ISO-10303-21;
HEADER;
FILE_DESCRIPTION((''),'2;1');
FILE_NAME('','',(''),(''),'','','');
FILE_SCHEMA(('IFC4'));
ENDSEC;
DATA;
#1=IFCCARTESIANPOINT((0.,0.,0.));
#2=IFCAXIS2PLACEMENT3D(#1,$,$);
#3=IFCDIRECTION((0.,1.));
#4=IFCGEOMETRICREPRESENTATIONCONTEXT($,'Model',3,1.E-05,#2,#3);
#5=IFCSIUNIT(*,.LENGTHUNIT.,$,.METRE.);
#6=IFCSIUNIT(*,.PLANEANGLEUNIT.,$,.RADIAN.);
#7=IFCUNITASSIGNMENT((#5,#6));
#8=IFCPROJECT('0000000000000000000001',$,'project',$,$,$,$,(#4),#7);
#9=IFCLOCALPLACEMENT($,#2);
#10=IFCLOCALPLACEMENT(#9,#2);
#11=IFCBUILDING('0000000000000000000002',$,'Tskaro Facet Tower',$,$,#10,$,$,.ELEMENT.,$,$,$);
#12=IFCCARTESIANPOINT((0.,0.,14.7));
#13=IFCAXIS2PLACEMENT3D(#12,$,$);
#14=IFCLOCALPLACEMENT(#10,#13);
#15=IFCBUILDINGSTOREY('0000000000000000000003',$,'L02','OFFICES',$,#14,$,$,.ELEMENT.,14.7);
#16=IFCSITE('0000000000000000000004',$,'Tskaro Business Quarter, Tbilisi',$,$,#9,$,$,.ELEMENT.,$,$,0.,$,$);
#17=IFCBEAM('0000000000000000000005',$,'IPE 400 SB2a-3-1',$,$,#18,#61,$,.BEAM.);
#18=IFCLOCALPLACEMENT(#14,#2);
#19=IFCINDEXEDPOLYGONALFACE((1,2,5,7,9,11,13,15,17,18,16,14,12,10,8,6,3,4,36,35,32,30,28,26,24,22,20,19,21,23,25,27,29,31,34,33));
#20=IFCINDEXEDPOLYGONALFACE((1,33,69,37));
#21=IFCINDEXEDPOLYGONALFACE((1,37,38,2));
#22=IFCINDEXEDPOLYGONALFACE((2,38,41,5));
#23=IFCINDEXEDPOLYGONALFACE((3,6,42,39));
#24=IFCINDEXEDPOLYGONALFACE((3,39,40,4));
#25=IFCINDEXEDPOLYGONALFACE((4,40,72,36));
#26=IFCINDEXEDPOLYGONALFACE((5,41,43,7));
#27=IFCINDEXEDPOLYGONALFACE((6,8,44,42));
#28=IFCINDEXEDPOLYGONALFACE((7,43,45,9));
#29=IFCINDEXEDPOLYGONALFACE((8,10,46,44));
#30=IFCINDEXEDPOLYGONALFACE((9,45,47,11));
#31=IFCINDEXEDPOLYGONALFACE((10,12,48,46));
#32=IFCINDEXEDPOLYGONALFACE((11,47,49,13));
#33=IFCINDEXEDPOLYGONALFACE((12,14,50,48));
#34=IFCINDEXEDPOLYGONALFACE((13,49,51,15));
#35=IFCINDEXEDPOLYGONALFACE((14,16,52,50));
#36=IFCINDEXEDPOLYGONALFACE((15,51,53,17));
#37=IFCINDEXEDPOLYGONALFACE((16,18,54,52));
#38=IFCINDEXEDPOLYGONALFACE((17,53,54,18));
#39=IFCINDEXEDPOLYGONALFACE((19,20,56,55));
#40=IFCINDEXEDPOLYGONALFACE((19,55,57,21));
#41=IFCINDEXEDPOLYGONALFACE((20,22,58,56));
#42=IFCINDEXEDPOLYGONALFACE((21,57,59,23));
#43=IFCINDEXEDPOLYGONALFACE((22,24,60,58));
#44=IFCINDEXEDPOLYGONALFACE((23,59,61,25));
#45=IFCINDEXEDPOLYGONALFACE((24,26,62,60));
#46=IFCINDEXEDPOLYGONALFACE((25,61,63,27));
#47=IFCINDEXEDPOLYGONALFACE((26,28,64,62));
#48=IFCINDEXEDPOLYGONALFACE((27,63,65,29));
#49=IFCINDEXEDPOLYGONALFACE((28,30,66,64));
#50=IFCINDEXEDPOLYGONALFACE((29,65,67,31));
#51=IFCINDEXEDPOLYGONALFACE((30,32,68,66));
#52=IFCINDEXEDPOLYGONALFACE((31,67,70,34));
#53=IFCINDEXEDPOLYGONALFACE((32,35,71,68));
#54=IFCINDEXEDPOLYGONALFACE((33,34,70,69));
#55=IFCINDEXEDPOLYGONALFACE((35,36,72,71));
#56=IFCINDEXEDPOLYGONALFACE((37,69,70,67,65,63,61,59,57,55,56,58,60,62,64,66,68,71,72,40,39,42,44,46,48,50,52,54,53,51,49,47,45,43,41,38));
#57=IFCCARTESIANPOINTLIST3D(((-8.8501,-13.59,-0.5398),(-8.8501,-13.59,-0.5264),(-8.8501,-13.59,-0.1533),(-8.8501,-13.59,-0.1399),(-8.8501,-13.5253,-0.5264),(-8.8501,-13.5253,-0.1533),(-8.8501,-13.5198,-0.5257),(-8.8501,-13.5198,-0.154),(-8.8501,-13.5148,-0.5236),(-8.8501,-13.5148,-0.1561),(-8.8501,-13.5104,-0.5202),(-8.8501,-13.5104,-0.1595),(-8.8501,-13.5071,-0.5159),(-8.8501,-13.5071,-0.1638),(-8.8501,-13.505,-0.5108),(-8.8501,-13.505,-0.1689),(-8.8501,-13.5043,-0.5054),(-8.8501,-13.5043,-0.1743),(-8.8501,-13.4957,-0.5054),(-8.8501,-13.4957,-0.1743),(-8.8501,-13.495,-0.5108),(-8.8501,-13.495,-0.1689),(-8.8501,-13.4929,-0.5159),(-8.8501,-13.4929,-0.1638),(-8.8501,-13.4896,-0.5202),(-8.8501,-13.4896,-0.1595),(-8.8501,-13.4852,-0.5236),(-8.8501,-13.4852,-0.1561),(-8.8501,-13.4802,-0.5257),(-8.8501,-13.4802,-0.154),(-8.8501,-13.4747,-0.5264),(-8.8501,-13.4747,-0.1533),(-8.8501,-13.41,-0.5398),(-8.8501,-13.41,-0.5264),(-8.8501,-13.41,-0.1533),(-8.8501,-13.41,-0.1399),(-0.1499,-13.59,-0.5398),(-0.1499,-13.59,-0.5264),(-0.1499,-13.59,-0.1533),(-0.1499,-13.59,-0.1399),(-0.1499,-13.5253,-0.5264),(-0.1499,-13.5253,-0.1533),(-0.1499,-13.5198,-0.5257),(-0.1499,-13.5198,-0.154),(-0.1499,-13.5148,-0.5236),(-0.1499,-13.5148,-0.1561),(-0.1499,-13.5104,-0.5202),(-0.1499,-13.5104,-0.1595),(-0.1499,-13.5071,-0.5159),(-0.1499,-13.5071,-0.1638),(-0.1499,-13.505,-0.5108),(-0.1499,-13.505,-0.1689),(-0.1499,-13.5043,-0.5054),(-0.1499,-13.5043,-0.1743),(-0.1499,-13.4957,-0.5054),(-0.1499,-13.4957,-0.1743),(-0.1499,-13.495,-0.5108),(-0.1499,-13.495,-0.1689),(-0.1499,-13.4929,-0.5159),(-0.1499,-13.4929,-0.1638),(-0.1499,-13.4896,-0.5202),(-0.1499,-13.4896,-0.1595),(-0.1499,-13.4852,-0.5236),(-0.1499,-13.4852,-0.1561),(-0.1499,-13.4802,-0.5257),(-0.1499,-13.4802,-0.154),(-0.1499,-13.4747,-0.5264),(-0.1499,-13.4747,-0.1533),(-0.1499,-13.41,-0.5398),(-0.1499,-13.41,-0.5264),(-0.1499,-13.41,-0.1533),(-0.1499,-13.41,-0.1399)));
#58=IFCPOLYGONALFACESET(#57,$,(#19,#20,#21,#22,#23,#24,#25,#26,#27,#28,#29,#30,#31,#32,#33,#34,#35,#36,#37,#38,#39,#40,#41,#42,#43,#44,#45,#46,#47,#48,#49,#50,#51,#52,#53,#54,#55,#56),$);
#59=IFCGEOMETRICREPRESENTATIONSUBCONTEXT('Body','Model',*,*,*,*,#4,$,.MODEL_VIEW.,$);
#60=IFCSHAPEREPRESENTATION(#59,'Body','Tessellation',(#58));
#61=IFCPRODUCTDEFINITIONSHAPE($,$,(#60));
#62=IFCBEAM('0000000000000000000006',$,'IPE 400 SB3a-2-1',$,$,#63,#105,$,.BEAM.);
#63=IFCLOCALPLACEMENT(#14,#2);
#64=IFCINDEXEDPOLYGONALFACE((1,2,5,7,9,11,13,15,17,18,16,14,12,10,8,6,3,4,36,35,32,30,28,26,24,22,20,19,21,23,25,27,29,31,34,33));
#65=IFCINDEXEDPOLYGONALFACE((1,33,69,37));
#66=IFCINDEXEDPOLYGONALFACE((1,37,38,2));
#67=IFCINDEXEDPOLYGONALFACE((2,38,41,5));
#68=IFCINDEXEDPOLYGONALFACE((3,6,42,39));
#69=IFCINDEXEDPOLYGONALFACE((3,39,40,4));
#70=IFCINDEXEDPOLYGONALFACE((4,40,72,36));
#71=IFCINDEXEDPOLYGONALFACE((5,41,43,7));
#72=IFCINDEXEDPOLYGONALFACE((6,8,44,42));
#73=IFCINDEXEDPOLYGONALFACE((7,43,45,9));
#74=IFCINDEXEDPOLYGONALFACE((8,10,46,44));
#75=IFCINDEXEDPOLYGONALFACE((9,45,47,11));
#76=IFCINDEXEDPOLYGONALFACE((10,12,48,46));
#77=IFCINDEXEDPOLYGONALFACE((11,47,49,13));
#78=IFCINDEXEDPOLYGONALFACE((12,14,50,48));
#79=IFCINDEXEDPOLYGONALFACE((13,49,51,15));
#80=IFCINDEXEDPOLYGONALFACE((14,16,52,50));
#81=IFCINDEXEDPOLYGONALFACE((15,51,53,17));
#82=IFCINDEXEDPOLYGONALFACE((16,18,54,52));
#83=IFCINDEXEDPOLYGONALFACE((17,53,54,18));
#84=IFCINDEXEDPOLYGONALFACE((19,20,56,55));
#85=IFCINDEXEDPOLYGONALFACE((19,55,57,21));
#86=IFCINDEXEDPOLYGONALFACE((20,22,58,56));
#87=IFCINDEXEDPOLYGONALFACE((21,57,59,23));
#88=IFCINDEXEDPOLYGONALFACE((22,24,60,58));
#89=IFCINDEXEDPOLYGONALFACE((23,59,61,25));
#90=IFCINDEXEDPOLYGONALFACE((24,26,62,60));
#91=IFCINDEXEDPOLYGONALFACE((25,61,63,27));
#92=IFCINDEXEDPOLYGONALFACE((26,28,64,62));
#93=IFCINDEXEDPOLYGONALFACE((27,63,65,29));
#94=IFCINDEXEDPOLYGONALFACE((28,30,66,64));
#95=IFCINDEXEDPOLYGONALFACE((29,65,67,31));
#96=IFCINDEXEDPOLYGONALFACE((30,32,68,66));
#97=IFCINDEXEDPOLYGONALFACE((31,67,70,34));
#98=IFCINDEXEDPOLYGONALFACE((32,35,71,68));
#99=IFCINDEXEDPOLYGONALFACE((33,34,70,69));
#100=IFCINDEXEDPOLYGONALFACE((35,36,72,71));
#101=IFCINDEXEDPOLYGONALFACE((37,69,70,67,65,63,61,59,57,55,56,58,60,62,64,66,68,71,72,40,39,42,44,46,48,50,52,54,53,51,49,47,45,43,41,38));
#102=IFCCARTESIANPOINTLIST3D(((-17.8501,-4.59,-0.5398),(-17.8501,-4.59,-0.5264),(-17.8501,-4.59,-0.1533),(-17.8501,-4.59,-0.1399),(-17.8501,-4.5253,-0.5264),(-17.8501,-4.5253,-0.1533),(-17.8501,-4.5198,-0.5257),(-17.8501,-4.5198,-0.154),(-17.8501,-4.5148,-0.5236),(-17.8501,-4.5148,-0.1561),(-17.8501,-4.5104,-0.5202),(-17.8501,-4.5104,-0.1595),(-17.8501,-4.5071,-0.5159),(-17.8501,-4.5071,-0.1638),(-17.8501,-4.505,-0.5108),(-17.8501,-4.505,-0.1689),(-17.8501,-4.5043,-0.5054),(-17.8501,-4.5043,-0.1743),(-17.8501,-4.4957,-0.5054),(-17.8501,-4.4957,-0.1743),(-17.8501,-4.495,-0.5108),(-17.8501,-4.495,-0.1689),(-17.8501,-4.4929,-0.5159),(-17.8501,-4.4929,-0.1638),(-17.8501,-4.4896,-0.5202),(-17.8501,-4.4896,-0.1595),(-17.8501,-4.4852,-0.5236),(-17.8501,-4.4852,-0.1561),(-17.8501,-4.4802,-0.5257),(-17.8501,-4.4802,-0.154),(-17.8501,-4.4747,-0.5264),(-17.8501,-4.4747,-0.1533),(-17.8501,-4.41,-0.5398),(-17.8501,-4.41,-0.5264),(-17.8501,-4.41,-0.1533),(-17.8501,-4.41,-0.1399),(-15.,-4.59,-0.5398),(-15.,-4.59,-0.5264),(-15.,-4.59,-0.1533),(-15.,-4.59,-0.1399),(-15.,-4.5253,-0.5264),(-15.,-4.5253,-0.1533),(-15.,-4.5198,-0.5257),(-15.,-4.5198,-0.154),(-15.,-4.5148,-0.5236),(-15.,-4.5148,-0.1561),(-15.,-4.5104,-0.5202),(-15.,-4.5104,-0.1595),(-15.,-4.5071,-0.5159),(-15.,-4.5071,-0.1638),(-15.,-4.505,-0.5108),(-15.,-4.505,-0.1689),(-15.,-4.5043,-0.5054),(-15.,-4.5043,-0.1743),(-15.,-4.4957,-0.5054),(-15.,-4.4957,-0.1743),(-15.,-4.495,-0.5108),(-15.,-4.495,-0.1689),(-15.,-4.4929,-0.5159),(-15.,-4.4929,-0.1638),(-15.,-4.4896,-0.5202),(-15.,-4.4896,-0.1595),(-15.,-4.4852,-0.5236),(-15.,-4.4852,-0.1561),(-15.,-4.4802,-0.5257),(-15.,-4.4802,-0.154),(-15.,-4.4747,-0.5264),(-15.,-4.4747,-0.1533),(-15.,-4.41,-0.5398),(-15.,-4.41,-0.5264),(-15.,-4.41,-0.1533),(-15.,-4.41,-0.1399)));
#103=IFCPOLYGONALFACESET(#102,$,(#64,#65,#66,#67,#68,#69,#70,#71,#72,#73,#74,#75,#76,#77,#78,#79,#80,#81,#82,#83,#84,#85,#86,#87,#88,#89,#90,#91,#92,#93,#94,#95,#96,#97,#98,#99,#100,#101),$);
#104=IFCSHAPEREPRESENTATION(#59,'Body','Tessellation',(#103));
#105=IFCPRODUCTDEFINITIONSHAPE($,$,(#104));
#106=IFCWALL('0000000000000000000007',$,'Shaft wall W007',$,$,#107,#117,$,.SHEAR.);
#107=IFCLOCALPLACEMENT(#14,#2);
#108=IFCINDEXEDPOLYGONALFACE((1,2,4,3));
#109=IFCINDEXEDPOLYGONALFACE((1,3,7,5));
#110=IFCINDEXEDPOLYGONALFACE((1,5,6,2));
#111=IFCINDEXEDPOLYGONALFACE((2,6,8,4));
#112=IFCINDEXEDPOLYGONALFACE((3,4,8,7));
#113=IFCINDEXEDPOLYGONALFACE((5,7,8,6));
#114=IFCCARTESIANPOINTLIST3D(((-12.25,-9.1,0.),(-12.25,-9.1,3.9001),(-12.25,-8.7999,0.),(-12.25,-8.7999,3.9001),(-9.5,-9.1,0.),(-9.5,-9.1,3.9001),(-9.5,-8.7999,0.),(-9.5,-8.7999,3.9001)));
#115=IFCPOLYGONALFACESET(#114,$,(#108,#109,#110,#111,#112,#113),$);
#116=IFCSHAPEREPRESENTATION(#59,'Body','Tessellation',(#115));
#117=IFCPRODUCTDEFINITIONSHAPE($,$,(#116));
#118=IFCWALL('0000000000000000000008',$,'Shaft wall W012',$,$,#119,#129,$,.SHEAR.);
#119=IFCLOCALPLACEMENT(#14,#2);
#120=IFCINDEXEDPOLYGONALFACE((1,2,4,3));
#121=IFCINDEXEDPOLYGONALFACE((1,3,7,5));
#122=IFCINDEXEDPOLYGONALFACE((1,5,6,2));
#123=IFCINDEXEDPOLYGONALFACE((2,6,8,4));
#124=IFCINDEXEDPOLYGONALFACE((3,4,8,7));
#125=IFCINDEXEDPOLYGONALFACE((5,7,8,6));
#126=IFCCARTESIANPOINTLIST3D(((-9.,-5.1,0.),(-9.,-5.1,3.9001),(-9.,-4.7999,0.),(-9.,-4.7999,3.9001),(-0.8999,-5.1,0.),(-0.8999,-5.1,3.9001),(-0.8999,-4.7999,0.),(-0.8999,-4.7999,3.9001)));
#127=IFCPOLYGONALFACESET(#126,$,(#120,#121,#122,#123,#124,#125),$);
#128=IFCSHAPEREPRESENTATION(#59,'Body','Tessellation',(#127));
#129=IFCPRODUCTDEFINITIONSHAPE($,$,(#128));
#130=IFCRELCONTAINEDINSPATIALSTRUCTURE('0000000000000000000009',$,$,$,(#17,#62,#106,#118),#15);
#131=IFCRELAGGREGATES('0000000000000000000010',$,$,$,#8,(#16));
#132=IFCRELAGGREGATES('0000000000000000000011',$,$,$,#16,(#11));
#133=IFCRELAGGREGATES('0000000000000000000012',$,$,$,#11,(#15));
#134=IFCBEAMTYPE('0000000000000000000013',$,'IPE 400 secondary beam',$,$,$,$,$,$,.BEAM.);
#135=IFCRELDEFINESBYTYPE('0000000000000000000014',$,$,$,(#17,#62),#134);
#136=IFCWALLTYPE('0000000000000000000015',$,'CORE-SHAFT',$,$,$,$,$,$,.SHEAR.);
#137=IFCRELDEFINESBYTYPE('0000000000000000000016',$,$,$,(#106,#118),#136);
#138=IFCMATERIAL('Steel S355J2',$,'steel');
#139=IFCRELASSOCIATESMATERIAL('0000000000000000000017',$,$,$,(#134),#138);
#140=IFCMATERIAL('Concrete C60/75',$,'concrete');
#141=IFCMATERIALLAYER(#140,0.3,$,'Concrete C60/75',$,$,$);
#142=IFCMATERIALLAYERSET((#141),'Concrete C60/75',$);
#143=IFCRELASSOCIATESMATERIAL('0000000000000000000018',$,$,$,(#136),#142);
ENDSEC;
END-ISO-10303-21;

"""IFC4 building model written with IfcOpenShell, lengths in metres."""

from ifc_helpers import new_model, si_unit, direction, frame, frame_2d, origin, origin_2d, place, context, subcontext, project, spatial, rectangle, i_section, extrude, material, layer, layer_set, material_profile, profile_set, type_object, element, save


model = new_model("IFC4")

# Units and contexts
model_context = context("Model", 3, precision=1e-05, world=origin(), true_north=direction((0.0, 1.0)))
body_context = subcontext(model_context, "Body", "Model", "MODEL_VIEW")
ifc_project = project(units=[si_unit("LENGTHUNIT", "METRE"), si_unit("PLANEANGLEUNIT", "RADIAN")], contexts=[model_context])

# Site, building, storey
site_placement = place(None, origin())
site = spatial("IfcSite", under=ifc_project, at=site_placement, Name="Tskaro Business Quarter, Tbilisi", CompositionType="ELEMENT", RefElevation=0.0)
building_placement = place(site_placement, origin())
building = spatial("IfcBuilding", under=site, at=building_placement, Name="Tskaro Facet Tower", CompositionType="ELEMENT")
storey_placement = place(building_placement, frame((0.0, 0.0, 14.7)))
storey = spatial("IfcBuildingStorey", under=building, at=storey_placement, Name="L02", Description="OFFICES", CompositionType="ELEMENT", Elevation=14.7)

# Beams
ifc_material_1 = material(Name="Steel S355J2", Category="steel")
ifc_material_profile_1 = material_profile(ifc_material_1, i_section(OverallWidth=0.1799, OverallDepth=0.3999, WebThickness=0.0085, FlangeThickness=0.0134, FilletRadius=0.021, at=origin_2d()), Name="IPE 400")
ifc_profile_set_1 = profile_set([ifc_material_profile_1], Name="Steel S355J2")
beam_type_1 = type_object("IfcBeamType", Name="IPE 400 secondary beam", PredefinedType="BEAM", material=ifc_profile_set_1)
for number, where, z_axis, x_axis, name in (
    (1, (-8.8501, -13.5, -0.3398), (1.0, 0.0, 0.0), (0.0, 1.0, 0.0), "IPE 400 SB2a-3-1"),
):
    element("IfcBeam", number, at=place(storey_placement, frame(where, z_axis=z_axis, x_axis=x_axis)), inside=storey, type_object=beam_type_1, Name=name, PredefinedType="BEAM", context=body_context, shape_type="SweptSolid", body=[
        extrude(i_section(OverallWidth=0.1799, OverallDepth=0.3999, WebThickness=0.0085, FlangeThickness=0.0134, FilletRadius=0.021, at=origin_2d()), origin(), (0.0, 0.0, 1.0), 8.7002),
    ])
beam_1_placement = place(storey_placement, frame((-17.8501, -4.5, -0.3398), z_axis=(1.0, 0.0, 0.0), x_axis=(0.0, 1.0, 0.0)))
element("IfcBeam", 2, at=beam_1_placement, inside=storey, type_object=beam_type_1, Name="IPE 400 SB3a-2-1", PredefinedType="BEAM", context=body_context, shape_type="SweptSolid", body=[
    extrude(i_section(OverallWidth=0.1799, OverallDepth=0.3999, WebThickness=0.0085, FlangeThickness=0.0134, FilletRadius=0.021, at=origin_2d()), origin(), (0.0, 0.0, 1.0), 2.8501),
])

# Walls
ifc_material_2 = material(Name="Concrete C60/75", Category="concrete")
ifc_layer_1 = layer(ifc_material_2, 0.3, Name="Concrete C60/75")
ifc_layer_set_1 = layer_set([ifc_layer_1], Name="Concrete C60/75")
wall_type_1 = type_object("IfcWallType", Name="CORE-SHAFT", PredefinedType="SHEAR", material=ifc_layer_set_1)
wall_1_placement = place(storey_placement, frame((-12.25, -8.95, 0.0), z_axis=(0.0, 0.0, 1.0), x_axis=(1.0, 0.0, 0.0)))
element("IfcWall", 3, at=wall_1_placement, inside=storey, type_object=wall_type_1, Name="Shaft wall W007", PredefinedType="SHEAR", context=body_context, shape_type="SweptSolid", body=[
    extrude(rectangle(XDim=2.75, YDim=0.3, at=frame_2d((1.375, 0.0))), origin(), (0.0, 0.0, 1.0), 3.9001),
])
wall_2_placement = place(storey_placement, frame((-9.0, -4.95, 0.0), z_axis=(0.0, 0.0, 1.0), x_axis=(1.0, 0.0, 0.0)))
element("IfcWall", 4, at=wall_2_placement, inside=storey, type_object=wall_type_1, Name="Shaft wall W012", PredefinedType="SHEAR", context=body_context, shape_type="SweptSolid", body=[
    extrude(rectangle(XDim=8.1001, YDim=0.3, at=frame_2d((4.05, 0.0))), origin(), (0.0, 0.0, 1.0), 3.9001),
])

save(model, "model.ifc")
